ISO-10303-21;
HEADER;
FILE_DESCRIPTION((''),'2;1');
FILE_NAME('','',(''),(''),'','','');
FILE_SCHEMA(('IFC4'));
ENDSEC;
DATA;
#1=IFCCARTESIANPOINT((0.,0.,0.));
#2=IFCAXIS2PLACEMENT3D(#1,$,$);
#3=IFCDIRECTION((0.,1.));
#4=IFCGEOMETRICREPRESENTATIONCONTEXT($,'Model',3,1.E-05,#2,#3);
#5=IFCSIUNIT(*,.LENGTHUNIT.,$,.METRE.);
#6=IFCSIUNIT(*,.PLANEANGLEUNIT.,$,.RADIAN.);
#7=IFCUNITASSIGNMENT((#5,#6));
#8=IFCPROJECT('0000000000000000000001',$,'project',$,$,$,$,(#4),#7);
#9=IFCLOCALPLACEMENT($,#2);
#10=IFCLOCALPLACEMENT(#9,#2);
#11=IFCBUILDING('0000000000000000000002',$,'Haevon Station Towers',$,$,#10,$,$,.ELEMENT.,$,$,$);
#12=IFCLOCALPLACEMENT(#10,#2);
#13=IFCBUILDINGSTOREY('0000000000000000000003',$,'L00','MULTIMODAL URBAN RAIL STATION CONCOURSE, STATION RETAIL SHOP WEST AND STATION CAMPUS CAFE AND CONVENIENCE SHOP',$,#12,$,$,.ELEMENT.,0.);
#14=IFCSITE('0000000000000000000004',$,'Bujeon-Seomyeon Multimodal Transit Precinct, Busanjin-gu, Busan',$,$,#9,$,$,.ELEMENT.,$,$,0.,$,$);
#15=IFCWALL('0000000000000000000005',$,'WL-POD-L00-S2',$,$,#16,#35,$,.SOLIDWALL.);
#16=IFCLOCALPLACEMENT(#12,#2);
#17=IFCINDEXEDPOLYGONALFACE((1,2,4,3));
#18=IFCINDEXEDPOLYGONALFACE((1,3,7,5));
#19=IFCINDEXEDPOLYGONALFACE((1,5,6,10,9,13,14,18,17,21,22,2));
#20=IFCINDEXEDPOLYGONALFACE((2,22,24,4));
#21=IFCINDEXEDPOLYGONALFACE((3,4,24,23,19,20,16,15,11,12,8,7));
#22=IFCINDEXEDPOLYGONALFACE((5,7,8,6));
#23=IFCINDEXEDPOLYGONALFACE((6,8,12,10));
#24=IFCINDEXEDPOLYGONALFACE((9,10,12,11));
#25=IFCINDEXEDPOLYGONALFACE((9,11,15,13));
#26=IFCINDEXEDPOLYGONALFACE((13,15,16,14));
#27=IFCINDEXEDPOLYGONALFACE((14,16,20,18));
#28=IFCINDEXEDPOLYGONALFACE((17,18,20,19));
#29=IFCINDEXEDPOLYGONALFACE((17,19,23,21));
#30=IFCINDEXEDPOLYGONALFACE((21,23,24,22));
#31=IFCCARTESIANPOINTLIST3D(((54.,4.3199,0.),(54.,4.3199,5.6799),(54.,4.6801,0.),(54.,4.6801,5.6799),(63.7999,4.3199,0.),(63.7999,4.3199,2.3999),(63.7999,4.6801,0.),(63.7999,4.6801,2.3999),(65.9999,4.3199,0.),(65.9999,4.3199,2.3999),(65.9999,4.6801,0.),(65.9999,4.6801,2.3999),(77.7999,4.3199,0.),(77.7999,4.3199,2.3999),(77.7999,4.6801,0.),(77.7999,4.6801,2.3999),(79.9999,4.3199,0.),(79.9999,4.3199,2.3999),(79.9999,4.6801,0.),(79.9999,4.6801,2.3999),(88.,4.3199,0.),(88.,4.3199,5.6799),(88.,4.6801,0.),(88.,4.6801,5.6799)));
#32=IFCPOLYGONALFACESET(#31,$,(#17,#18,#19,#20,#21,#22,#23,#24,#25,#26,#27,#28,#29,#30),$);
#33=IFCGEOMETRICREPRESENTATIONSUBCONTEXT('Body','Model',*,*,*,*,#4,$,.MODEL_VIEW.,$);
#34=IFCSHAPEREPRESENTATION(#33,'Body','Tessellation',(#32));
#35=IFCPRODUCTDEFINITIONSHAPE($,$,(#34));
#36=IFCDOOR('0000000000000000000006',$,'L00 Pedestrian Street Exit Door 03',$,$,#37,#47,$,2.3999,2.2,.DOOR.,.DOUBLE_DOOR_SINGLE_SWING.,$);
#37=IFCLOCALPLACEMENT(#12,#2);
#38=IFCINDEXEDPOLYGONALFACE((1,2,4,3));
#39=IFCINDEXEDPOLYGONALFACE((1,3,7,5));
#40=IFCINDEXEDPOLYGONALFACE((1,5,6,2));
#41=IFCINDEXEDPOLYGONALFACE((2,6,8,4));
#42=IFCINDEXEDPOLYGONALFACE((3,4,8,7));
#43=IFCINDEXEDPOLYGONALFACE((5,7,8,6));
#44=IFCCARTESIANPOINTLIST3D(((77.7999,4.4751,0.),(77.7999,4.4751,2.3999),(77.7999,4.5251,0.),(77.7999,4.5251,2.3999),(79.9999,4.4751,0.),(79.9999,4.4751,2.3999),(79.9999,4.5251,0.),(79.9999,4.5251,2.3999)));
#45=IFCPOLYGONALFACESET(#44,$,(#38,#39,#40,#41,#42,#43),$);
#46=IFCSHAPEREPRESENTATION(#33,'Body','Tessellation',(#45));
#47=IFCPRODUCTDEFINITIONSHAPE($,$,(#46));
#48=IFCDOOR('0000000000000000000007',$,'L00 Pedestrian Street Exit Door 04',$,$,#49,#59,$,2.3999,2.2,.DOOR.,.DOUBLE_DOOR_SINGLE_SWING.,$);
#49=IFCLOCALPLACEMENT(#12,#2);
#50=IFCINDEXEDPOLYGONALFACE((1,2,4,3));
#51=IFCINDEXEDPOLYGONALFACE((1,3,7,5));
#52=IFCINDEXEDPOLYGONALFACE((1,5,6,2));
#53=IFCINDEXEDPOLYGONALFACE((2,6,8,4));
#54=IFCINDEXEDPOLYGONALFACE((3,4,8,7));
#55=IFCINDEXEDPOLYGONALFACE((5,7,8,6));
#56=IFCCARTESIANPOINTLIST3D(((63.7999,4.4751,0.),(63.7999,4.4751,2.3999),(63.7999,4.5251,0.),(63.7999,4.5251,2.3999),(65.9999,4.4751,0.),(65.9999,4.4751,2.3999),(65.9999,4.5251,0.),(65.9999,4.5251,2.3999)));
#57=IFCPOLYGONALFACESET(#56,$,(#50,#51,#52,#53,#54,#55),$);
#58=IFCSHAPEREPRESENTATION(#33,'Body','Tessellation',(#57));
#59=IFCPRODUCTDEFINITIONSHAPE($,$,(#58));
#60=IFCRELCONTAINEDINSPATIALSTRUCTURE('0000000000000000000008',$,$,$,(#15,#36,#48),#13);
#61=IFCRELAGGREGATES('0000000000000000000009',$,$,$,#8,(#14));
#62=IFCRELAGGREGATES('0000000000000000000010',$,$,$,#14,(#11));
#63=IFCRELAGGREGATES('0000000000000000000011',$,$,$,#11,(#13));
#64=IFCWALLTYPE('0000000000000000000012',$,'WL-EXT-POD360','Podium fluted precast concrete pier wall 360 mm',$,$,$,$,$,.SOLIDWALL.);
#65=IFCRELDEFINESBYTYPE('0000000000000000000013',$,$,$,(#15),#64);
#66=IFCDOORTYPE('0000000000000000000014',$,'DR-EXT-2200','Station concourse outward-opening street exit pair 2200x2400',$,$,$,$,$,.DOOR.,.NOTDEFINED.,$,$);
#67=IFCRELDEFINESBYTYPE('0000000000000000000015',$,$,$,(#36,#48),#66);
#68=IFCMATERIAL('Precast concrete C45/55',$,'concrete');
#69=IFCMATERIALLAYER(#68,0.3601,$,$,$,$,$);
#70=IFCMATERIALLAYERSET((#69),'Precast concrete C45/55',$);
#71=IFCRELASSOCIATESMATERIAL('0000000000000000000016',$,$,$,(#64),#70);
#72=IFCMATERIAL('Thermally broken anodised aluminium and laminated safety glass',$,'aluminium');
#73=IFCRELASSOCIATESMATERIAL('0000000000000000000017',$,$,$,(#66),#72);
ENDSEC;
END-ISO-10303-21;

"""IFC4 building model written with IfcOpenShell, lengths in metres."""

from ifc_helpers import new_model, si_unit, direction, frame, frame_2d, origin, place, context, subcontext, project, spatial, rectangle, extrude, material, layer, layer_set, type_object, element, fill, save


model = new_model("IFC4")

# Units and contexts
model_context = context("Model", 3, precision=1e-05, world=origin(), true_north=direction((0.0, 1.0)))
body_context = subcontext(model_context, "Body", "Model", "MODEL_VIEW")
ifc_project = project(units=[si_unit("LENGTHUNIT", "METRE"), si_unit("PLANEANGLEUNIT", "RADIAN")], contexts=[model_context])

# Site, building, storey
site_placement = place(None, origin())
site = spatial("IfcSite", under=ifc_project, at=site_placement, Name="Bujeon-Seomyeon Multimodal Transit Precinct, Busanjin-gu, Busan", CompositionType="ELEMENT", RefElevation=0.0)
building_placement = place(site_placement, origin())
building = spatial("IfcBuilding", under=site, at=building_placement, Name="Haevon Station Towers", CompositionType="ELEMENT")
storey_placement = place(building_placement, origin())
storey = spatial("IfcBuildingStorey", under=building, at=storey_placement, Name="L00", Description="MULTIMODAL URBAN RAIL STATION CONCOURSE, STATION RETAIL SHOP WEST AND STATION CAMPUS CAFE AND CONVENIENCE SHOP", CompositionType="ELEMENT", Elevation=0.0)

# Wall, openings, doors
ifc_material_1 = material(Name="Precast concrete C45/55", Category="concrete")
ifc_layer_1 = layer(ifc_material_1, 0.3601)
ifc_layer_set_1 = layer_set([ifc_layer_1], Name="Precast concrete C45/55")
wall_type = type_object("IfcWallType", Name="WL-EXT-POD360", Description="Podium fluted precast concrete pier wall 360 mm", PredefinedType="SOLIDWALL", material=ifc_layer_set_1)
wall_placement = place(storey_placement, frame((88.0, 4.5, 0.0), z_axis=(0.0, 0.0, 1.0), x_axis=(-1.0, 0.0, 0.0)))
wall = element("IfcWall", 1, at=wall_placement, inside=storey, type_object=wall_type, Name="WL-POD-L00-S2", PredefinedType="SOLIDWALL", context=body_context, shape_type="SweptSolid", body=[
    extrude(rectangle(XDim=34.0, YDim=0.3601, at=frame_2d((17.0, 0.0))), origin(), (0.0, 0.0, 1.0), 5.6799),
])
opening_1_placement = place(wall_placement, frame((8.0, 0.0, 0.0)))
opening_1 = element("IfcOpeningElement", 2, at=opening_1_placement, cuts=wall, PredefinedType="OPENING", context=body_context, shape_type="SweptSolid", body=[
    extrude(rectangle(XDim=2.2, YDim=2.3999, at=frame_2d((1.1001, 1.2))), frame((0.0, 0.1899, 0.0), z_axis=(0.0, -1.0, 0.0), x_axis=(1.0, 0.0, 0.0)), (0.0, 0.0, 1.0), 0.3801),
])
opening_2_placement = place(wall_placement, frame((22.0, 0.0, 0.0)))
opening_2 = element("IfcOpeningElement", 3, at=opening_2_placement, cuts=wall, PredefinedType="OPENING", context=body_context, shape_type="SweptSolid", body=[
    extrude(rectangle(XDim=2.2, YDim=2.3999, at=frame_2d((1.1001, 1.2))), frame((0.0, 0.1899, 0.0), z_axis=(0.0, -1.0, 0.0), x_axis=(1.0, 0.0, 0.0)), (0.0, 0.0, 1.0), 0.3801),
])
ifc_material_2 = material(Name="Thermally broken anodised aluminium and laminated safety glass", Category="aluminium")
door_type = type_object("IfcDoorType", Name="DR-EXT-2200", Description="Station concourse outward-opening street exit pair 2200x2400", OperationType="NOTDEFINED", PredefinedType="DOOR", material=ifc_material_2)
door_1_placement = place(opening_1_placement, origin())
door_1 = element("IfcDoor", 4, at=door_1_placement, inside=storey, type_object=door_type, Name="L00 Pedestrian Street Exit Door 03", OperationType="DOUBLE_DOOR_SINGLE_SWING", OverallHeight=2.3999, OverallWidth=2.2, PredefinedType="DOOR", context=body_context, shape_type="SweptSolid", body=[
    extrude(rectangle(XDim=2.2, YDim=2.3999, at=frame_2d((1.1001, 1.2))), frame((0.0, 0.0249, 0.0), z_axis=(0.0, -1.0, 0.0), x_axis=(1.0, 0.0, 0.0)), (0.0, 0.0, 1.0), 0.05),
])
fill(opening_1, door_1)
door_2_placement = place(opening_2_placement, origin())
door_2 = element("IfcDoor", 5, at=door_2_placement, inside=storey, type_object=door_type, Name="L00 Pedestrian Street Exit Door 04", OperationType="DOUBLE_DOOR_SINGLE_SWING", OverallHeight=2.3999, OverallWidth=2.2, PredefinedType="DOOR", context=body_context, shape_type="SweptSolid", body=[
    extrude(rectangle(XDim=2.2, YDim=2.3999, at=frame_2d((1.1001, 1.2))), frame((0.0, 0.0249, 0.0), z_axis=(0.0, -1.0, 0.0), x_axis=(1.0, 0.0, 0.0)), (0.0, 0.0, 1.0), 0.05),
])
fill(opening_2, door_2)

save(model, "model.ifc")
